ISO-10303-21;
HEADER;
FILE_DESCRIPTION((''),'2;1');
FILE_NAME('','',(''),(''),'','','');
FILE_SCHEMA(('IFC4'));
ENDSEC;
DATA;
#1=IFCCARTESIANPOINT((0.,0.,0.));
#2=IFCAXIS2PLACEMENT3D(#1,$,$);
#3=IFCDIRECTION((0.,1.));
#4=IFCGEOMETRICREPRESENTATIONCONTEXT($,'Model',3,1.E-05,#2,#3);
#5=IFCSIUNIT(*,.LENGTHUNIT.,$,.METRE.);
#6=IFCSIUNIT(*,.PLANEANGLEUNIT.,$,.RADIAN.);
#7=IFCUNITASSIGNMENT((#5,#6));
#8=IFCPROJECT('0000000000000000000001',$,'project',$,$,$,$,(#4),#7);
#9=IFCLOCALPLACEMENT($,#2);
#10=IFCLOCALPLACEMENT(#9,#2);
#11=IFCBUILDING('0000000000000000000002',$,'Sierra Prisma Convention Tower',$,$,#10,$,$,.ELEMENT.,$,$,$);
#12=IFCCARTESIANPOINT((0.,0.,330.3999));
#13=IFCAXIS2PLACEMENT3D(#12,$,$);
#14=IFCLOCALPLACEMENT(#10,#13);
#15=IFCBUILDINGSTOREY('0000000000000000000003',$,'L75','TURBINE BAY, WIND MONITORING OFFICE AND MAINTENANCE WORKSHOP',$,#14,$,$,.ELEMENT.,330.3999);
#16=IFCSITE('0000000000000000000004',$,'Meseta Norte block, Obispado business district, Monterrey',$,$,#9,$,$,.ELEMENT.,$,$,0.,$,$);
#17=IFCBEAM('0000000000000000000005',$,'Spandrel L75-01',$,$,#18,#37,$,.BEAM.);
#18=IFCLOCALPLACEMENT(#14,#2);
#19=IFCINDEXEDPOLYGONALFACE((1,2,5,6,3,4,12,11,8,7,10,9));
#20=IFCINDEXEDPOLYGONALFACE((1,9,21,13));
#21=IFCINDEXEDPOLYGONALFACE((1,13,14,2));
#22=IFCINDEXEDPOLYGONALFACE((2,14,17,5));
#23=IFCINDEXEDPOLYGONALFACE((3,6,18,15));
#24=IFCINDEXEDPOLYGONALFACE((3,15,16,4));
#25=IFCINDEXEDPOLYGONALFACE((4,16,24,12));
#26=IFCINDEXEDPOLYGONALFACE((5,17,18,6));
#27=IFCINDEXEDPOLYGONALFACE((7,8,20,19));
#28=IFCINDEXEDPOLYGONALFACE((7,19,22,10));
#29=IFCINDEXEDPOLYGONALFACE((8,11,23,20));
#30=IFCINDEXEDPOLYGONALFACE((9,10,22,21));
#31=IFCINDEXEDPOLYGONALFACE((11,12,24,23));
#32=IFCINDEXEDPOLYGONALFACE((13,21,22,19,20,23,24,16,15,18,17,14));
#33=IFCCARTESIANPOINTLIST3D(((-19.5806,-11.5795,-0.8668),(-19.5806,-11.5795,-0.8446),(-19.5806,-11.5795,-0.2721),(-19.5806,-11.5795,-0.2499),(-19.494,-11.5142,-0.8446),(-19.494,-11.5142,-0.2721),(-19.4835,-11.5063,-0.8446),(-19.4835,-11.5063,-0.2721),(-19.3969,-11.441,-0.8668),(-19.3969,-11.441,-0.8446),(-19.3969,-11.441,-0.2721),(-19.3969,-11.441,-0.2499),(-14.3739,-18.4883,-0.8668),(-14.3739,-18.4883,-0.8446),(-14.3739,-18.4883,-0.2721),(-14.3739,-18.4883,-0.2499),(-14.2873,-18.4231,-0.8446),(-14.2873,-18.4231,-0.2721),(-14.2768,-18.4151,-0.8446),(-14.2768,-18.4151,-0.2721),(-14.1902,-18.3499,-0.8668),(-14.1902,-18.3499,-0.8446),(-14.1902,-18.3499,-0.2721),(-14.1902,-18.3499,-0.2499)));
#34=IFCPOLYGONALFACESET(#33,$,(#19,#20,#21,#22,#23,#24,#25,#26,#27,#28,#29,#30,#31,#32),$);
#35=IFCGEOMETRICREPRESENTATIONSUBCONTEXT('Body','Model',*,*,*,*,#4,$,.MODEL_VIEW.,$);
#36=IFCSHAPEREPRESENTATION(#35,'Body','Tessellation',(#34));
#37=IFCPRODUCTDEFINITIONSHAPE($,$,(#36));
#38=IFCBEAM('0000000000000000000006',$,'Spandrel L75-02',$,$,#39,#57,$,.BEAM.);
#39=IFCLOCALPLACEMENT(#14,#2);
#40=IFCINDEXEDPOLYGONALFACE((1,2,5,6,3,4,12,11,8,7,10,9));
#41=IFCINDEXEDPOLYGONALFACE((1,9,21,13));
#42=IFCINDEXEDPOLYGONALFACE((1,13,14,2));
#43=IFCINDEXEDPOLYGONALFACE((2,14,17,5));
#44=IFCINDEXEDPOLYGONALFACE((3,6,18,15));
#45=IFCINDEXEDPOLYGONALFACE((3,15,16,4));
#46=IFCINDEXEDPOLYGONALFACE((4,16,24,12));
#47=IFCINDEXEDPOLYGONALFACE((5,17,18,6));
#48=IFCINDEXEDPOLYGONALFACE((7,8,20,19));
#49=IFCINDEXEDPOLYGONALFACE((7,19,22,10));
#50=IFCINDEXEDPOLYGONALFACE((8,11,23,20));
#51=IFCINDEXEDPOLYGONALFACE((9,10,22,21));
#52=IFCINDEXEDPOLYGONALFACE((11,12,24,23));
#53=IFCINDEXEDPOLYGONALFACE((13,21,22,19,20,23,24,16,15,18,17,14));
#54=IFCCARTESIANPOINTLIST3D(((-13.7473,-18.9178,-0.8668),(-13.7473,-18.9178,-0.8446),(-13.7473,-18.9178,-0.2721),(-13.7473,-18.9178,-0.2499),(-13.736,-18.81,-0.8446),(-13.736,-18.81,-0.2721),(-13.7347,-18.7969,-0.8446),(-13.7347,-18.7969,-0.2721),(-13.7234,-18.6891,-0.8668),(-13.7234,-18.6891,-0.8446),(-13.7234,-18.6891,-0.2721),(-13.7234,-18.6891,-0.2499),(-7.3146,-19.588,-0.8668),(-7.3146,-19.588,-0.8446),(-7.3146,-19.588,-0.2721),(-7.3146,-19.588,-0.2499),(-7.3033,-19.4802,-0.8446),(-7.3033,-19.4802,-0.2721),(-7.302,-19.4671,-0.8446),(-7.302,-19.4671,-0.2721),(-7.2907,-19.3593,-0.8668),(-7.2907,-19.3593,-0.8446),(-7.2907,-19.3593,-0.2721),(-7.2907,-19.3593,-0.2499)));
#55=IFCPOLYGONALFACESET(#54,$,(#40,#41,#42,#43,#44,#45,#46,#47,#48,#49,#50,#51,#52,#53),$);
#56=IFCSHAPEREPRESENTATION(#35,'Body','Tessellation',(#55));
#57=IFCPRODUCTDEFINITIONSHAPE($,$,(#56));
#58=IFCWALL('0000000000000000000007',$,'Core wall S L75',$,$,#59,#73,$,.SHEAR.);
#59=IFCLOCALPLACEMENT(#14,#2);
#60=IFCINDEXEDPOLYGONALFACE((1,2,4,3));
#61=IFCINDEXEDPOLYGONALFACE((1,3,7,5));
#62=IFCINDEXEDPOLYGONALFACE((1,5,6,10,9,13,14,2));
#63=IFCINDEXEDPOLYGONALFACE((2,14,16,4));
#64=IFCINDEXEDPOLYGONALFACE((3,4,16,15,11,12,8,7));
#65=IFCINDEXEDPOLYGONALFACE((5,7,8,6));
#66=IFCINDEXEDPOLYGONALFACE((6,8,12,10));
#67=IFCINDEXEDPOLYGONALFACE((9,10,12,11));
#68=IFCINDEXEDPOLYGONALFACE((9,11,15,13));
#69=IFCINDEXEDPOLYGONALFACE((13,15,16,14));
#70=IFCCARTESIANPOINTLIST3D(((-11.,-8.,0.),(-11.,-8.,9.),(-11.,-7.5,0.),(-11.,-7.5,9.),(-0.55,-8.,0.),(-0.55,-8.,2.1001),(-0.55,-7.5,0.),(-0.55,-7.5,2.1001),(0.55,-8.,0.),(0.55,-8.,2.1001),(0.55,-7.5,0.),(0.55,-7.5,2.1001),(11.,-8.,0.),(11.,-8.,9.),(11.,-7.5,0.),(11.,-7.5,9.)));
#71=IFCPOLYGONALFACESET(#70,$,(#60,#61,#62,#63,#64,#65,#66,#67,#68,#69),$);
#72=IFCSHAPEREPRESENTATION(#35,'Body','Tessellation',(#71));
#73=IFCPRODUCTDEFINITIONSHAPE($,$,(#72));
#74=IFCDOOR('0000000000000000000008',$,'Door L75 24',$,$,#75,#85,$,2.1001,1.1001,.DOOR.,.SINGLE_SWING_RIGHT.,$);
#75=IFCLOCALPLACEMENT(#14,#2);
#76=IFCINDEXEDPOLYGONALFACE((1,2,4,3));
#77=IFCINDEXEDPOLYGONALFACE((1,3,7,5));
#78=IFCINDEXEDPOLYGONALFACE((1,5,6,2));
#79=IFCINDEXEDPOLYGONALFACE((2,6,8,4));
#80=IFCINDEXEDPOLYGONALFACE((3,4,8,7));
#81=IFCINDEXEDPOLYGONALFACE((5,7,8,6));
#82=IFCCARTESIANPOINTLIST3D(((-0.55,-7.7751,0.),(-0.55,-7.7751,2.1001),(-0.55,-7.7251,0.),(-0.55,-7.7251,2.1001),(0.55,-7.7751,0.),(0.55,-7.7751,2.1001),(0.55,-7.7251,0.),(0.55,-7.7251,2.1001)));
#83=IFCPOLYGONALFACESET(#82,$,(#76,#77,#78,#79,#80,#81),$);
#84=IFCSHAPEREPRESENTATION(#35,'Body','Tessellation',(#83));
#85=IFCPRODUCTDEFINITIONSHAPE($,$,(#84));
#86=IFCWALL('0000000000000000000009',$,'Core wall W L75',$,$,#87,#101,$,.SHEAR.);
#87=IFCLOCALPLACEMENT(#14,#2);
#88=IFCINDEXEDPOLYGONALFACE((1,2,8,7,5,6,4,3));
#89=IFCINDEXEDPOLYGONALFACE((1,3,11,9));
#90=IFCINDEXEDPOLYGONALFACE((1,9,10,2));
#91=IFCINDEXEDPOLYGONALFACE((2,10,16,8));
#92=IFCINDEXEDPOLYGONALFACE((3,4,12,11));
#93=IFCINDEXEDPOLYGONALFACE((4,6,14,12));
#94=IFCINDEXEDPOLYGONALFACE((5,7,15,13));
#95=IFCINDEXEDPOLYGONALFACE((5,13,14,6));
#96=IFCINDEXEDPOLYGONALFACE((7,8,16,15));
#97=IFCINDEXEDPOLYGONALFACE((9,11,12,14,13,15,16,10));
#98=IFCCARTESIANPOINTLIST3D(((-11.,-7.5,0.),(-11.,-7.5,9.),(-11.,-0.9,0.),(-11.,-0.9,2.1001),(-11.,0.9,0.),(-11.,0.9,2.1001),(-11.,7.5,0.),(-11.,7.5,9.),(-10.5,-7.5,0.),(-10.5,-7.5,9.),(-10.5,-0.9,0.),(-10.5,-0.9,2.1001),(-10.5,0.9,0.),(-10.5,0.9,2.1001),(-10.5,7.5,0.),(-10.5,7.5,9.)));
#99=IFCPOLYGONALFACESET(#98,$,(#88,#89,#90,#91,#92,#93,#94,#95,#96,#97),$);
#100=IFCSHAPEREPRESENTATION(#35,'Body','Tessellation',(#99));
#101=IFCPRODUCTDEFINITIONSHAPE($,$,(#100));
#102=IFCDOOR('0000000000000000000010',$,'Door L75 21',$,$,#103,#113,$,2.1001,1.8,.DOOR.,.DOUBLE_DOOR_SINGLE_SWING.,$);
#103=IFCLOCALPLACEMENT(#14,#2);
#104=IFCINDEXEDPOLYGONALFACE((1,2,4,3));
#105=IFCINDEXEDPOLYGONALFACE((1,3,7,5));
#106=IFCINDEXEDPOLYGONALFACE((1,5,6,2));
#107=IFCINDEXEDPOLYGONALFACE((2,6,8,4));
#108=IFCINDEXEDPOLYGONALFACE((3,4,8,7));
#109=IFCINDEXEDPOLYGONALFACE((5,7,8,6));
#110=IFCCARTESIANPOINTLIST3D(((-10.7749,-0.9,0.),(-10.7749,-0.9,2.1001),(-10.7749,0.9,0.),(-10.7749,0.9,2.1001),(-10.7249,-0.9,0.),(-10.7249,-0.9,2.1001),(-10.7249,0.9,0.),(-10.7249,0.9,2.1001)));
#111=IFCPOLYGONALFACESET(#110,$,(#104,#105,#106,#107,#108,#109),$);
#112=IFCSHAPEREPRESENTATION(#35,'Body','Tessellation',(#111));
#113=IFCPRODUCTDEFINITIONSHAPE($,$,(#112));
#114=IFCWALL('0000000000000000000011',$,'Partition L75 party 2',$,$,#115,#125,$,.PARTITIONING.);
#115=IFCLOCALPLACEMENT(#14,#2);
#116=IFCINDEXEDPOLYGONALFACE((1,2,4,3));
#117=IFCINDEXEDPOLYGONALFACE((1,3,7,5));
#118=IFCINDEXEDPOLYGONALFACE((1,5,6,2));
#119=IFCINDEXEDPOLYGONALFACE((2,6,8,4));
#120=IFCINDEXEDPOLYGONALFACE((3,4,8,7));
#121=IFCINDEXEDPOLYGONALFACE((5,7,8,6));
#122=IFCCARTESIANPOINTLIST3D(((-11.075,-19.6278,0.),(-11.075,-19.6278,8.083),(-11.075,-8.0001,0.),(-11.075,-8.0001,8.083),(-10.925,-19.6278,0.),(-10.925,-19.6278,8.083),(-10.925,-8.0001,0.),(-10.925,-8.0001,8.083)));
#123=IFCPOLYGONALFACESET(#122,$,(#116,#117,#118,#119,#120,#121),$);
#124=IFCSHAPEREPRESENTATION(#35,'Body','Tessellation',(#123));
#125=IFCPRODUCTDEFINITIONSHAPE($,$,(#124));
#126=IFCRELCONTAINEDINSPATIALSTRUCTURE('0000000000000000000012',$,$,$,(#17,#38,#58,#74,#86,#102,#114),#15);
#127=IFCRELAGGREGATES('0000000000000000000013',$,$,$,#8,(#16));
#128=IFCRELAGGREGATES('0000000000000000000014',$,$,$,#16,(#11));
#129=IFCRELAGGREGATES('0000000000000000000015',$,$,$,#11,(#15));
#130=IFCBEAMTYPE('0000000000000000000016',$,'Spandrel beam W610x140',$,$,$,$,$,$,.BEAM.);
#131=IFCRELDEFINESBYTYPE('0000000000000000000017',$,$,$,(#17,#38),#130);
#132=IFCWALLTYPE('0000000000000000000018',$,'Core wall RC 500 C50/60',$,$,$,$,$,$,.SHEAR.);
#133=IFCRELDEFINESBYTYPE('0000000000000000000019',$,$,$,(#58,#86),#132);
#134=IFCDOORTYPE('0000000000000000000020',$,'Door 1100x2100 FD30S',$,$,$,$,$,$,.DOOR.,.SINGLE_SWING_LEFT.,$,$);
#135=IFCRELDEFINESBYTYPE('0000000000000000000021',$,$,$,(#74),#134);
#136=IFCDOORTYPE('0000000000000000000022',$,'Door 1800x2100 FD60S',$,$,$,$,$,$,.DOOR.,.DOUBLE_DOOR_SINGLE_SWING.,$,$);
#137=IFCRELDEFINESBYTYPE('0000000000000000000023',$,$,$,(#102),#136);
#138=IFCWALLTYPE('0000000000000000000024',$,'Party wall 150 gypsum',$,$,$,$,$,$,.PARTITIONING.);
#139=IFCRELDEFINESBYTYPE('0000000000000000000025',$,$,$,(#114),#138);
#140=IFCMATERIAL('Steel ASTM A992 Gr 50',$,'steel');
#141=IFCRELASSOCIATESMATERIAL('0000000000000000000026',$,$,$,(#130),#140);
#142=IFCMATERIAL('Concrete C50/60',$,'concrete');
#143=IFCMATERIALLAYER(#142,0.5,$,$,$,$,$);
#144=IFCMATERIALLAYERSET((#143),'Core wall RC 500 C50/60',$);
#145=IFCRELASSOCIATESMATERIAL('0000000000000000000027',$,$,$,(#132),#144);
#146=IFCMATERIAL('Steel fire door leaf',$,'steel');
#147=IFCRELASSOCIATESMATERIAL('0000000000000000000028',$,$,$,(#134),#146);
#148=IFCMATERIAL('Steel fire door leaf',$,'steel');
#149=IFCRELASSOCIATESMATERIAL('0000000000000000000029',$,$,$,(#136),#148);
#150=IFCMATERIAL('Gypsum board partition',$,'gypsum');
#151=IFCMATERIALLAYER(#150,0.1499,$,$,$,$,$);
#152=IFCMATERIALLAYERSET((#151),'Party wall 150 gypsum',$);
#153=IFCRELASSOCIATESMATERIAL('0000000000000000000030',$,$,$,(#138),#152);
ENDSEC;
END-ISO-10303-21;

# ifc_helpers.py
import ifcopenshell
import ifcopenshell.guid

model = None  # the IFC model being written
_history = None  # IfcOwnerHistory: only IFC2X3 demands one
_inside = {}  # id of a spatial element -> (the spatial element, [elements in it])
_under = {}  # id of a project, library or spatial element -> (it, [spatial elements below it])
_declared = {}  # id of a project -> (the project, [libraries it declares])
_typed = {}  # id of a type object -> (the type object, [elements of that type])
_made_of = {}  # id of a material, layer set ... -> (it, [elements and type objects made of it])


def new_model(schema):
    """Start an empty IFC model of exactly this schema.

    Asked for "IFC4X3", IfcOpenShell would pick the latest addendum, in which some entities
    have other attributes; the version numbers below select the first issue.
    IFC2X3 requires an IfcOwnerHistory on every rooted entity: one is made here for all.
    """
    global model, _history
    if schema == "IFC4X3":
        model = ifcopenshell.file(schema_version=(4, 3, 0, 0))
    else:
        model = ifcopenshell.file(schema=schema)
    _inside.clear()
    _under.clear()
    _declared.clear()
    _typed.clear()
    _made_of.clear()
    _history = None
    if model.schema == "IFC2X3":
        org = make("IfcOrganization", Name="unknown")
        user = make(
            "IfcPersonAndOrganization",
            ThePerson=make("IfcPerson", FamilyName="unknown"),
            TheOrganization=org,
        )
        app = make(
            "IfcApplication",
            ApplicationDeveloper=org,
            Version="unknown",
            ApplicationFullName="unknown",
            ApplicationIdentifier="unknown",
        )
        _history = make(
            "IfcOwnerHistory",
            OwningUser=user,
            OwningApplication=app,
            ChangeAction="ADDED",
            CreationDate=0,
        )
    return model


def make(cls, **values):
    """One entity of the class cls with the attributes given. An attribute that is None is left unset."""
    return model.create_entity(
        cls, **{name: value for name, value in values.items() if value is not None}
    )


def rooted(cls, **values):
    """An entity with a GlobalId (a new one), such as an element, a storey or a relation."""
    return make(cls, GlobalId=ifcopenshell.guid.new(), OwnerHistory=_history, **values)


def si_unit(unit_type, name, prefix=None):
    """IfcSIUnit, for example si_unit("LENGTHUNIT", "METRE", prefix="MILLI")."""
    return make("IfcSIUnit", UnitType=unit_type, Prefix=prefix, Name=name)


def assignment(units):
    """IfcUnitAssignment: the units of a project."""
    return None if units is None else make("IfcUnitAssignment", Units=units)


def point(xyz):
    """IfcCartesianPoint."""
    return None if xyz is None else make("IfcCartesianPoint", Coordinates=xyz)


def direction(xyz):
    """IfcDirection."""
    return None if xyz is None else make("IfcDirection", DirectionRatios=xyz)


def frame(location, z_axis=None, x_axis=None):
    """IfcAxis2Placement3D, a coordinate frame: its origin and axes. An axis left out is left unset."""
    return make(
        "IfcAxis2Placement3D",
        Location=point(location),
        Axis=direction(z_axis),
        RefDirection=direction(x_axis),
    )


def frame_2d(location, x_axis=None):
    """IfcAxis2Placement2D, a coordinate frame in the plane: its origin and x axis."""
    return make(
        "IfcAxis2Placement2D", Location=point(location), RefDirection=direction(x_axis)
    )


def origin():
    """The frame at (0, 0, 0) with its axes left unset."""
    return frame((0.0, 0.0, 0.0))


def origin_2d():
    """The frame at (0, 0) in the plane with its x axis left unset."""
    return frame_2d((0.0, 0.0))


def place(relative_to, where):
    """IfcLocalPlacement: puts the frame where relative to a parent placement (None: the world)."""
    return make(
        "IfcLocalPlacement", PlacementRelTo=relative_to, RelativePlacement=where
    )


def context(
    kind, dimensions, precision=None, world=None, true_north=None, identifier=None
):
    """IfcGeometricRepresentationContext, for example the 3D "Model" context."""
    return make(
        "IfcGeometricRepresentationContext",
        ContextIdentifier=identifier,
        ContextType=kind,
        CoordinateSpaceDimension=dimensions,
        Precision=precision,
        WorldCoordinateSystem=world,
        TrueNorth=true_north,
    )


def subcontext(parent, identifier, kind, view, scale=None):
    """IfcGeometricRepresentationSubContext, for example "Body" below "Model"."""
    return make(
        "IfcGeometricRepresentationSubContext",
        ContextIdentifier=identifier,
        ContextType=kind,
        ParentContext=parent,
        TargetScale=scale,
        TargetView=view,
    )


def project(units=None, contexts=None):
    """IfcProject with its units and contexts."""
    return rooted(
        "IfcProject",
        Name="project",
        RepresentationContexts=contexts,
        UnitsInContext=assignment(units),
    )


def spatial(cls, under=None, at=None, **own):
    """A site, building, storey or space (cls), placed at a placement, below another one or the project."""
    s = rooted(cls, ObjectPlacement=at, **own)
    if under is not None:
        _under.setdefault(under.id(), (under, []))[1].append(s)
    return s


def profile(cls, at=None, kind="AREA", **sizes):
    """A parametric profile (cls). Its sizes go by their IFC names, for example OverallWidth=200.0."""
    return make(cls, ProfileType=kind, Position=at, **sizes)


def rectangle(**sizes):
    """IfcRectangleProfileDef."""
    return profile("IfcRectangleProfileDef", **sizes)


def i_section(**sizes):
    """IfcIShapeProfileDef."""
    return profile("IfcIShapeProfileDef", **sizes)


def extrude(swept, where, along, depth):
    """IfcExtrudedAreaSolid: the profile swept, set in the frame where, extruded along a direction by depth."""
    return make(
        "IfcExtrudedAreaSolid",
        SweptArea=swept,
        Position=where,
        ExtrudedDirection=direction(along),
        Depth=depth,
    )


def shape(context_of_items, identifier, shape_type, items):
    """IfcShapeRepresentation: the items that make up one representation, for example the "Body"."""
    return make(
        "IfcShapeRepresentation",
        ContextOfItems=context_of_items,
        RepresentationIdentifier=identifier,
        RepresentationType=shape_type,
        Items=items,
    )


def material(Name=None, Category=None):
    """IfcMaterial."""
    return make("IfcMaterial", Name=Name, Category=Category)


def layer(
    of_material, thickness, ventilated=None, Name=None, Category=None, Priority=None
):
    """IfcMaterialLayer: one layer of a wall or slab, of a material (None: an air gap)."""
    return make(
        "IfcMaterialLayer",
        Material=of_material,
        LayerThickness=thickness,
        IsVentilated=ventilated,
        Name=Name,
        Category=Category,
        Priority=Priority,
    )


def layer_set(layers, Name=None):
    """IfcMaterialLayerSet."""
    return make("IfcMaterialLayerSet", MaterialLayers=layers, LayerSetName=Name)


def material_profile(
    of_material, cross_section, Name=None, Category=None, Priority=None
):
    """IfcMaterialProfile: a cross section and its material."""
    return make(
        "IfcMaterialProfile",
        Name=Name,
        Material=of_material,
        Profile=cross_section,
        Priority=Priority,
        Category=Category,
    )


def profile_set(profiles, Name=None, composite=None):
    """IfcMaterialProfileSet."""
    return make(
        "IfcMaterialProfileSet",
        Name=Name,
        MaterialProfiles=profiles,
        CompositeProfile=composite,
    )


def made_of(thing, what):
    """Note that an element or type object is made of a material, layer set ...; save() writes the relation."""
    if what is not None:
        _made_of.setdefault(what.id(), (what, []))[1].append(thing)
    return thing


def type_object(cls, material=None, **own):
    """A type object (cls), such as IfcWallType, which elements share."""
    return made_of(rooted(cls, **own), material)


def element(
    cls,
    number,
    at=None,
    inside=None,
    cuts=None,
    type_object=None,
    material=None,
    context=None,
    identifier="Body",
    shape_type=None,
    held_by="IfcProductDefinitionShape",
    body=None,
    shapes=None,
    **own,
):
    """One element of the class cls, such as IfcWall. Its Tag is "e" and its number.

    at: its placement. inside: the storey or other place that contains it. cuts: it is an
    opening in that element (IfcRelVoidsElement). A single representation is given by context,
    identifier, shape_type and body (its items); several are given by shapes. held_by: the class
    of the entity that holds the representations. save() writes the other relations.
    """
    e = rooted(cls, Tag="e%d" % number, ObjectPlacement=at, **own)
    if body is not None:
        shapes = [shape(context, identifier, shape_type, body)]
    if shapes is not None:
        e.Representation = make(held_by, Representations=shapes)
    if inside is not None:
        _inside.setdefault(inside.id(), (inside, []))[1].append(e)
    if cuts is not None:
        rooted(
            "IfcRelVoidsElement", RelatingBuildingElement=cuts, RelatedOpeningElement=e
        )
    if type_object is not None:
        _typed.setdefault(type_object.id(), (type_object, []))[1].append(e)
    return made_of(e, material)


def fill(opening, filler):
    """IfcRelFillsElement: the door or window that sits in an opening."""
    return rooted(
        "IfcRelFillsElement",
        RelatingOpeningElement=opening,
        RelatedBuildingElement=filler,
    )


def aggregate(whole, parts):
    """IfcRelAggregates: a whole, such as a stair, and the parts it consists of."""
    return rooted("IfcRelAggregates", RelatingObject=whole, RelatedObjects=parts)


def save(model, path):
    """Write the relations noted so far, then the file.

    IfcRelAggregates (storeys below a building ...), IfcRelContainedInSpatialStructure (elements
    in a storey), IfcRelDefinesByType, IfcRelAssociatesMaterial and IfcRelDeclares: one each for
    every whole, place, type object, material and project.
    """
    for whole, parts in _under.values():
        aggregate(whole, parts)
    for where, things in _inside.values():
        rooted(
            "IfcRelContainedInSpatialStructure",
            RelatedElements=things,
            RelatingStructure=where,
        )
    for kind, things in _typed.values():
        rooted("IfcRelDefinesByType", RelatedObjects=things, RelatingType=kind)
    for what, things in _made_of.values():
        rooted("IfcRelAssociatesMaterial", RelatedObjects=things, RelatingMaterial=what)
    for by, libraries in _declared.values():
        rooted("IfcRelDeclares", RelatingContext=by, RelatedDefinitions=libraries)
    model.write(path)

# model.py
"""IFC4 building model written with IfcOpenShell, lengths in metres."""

from ifc_helpers import new_model, si_unit, direction, frame, frame_2d, origin, origin_2d, place, context, subcontext, project, spatial, rectangle, i_section, extrude, material, layer, layer_set, material_profile, profile_set, type_object, element, fill, save


model = new_model("IFC4")

# Units and contexts
model_context = context("Model", 3, precision=1e-05, world=origin(), true_north=direction((0.0, 1.0)))
body_context = subcontext(model_context, "Body", "Model", "MODEL_VIEW")
ifc_project = project(units=[si_unit("LENGTHUNIT", "METRE"), si_unit("PLANEANGLEUNIT", "RADIAN")], contexts=[model_context])

# Site, building, storey
site_placement = place(None, origin())
site = spatial("IfcSite", under=ifc_project, at=site_placement, Name="Meseta Norte block, Obispado business district, Monterrey", CompositionType="ELEMENT", RefElevation=0.0)
building_placement = place(site_placement, origin())
building = spatial("IfcBuilding", under=site, at=building_placement, Name="Sierra Prisma Convention Tower", CompositionType="ELEMENT")
storey_placement = place(building_placement, frame((0.0, 0.0, 330.3999)))
storey = spatial("IfcBuildingStorey", under=building, at=storey_placement, Name="L75", Description="TURBINE BAY, WIND MONITORING OFFICE AND MAINTENANCE WORKSHOP", CompositionType="ELEMENT", Elevation=330.3999)

# Beams
ifc_material_1 = material(Name="Steel ASTM A992 Gr 50", Category="steel")
ifc_material_profile_1 = material_profile(ifc_material_1, i_section(OverallWidth=0.23, OverallDepth=0.6169, WebThickness=0.0132, FlangeThickness=0.0222, at=origin_2d()), Name="W610x140")
ifc_profile_set_1 = profile_set([ifc_material_profile_1], Name="Steel ASTM A992 Gr 50")
beam_type_1 = type_object("IfcBeamType", Name="Spandrel beam W610x140", PredefinedType="BEAM", material=ifc_profile_set_1)
beam_1_placement = place(storey_placement, frame((-19.4888, -11.5103, -0.5583), z_axis=(0.601854, -0.798606, 0.0), x_axis=(0.798606, 0.601854, 0.0)))
element("IfcBeam", 1, at=beam_1_placement, inside=storey, type_object=beam_type_1, Name="Spandrel L75-01", PredefinedType="BEAM", context=body_context, shape_type="SweptSolid", body=[
    extrude(i_section(OverallWidth=0.23, OverallDepth=0.6169, WebThickness=0.0132, FlangeThickness=0.0222, at=origin_2d()), origin(), (0.0, 0.0, 1.0), 8.6511),
])
beam_2_placement = place(storey_placement, frame((-13.7354, -18.8035, -0.5583), z_axis=(0.994617, -0.103622, 0.0), x_axis=(0.103622, 0.994617, 0.0)))
element("IfcBeam", 2, at=beam_2_placement, inside=storey, type_object=beam_type_1, Name="Spandrel L75-02", PredefinedType="BEAM", context=body_context, shape_type="SweptSolid", body=[
    extrude(i_section(OverallWidth=0.23, OverallDepth=0.6169, WebThickness=0.0132, FlangeThickness=0.0222, at=origin_2d()), origin(), (0.0, 0.0, 1.0), 6.4675),
])

# Walls, openings, doors
ifc_material_2 = material(Name="Concrete C50/60", Category="concrete")
ifc_layer_1 = layer(ifc_material_2, 0.5)
ifc_layer_set_1 = layer_set([ifc_layer_1], Name="Core wall RC 500 C50/60")
wall_type_1 = type_object("IfcWallType", Name="Core wall RC 500 C50/60", PredefinedType="SHEAR", material=ifc_layer_set_1)
wall_1_placement = place(storey_placement, frame((-11.0, -7.75, 0.0), z_axis=(0.0, 0.0, 1.0), x_axis=(1.0, 0.0, 0.0)))
wall_1 = element("IfcWall", 3, at=wall_1_placement, inside=storey, type_object=wall_type_1, Name="Core wall S L75", PredefinedType="SHEAR", context=body_context, shape_type="SweptSolid", body=[
    extrude(rectangle(XDim=22.0, YDim=0.5, at=frame_2d((11.0, 0.0))), origin(), (0.0, 0.0, 1.0), 9.0),
])
opening_1_placement = place(wall_1_placement, frame((10.45, 0.0, 0.0)))
opening_1 = element("IfcOpeningElement", 4, at=opening_1_placement, cuts=wall_1, PredefinedType="OPENING", context=body_context, shape_type="SweptSolid", body=[
    extrude(rectangle(XDim=1.1001, YDim=2.1001, at=frame_2d((0.55, 1.05))), frame((0.0, 0.25, 0.0), z_axis=(0.0, -1.0, 0.0), x_axis=(1.0, 0.0, 0.0)), (0.0, 0.0, 1.0), 0.5),
])
ifc_material_3 = material(Name="Steel fire door leaf", Category="steel")
door_type_1 = type_object("IfcDoorType", Name="Door 1100x2100 FD30S", OperationType="SINGLE_SWING_LEFT", PredefinedType="DOOR", material=ifc_material_3)
door_1_placement = place(opening_1_placement, origin())
door_1 = element("IfcDoor", 5, at=door_1_placement, inside=storey, type_object=door_type_1, Name="Door L75 24", OperationType="SINGLE_SWING_RIGHT", OverallHeight=2.1001, OverallWidth=1.1001, PredefinedType="DOOR", context=body_context, shape_type="SweptSolid", body=[
    extrude(rectangle(XDim=1.1001, YDim=2.1001, at=frame_2d((0.55, 1.05))), frame((0.0, 0.0249, 0.0), z_axis=(0.0, -1.0, 0.0), x_axis=(1.0, 0.0, 0.0)), (0.0, 0.0, 1.0), 0.05),
])
fill(opening_1, door_1)
wall_2_placement = place(storey_placement, frame((-10.75, -7.5, 0.0), z_axis=(0.0, 0.0, 1.0), x_axis=(0.0, 1.0, 0.0)))
wall_2 = element("IfcWall", 6, at=wall_2_placement, inside=storey, type_object=wall_type_1, Name="Core wall W L75", PredefinedType="SHEAR", context=body_context, shape_type="SweptSolid", body=[
    extrude(rectangle(XDim=15.0, YDim=0.5, at=frame_2d((7.5, 0.0))), origin(), (0.0, 0.0, 1.0), 9.0),
])
opening_2_placement = place(wall_2_placement, frame((6.6001, 0.0, 0.0)))
opening_2 = element("IfcOpeningElement", 7, at=opening_2_placement, cuts=wall_2, PredefinedType="OPENING", context=body_context, shape_type="SweptSolid", body=[
    extrude(rectangle(XDim=1.8, YDim=2.1001, at=frame_2d((0.8999, 1.05))), frame((0.0, 0.25, 0.0), z_axis=(0.0, -1.0, 0.0), x_axis=(1.0, 0.0, 0.0)), (0.0, 0.0, 1.0), 0.5),
])
ifc_material_4 = material(Name="Steel fire door leaf", Category="steel")
door_type_2 = type_object("IfcDoorType", Name="Door 1800x2100 FD60S", OperationType="DOUBLE_DOOR_SINGLE_SWING", PredefinedType="DOOR", material=ifc_material_4)
door_2_placement = place(opening_2_placement, origin())
door_2 = element("IfcDoor", 8, at=door_2_placement, inside=storey, type_object=door_type_2, Name="Door L75 21", OperationType="DOUBLE_DOOR_SINGLE_SWING", OverallHeight=2.1001, OverallWidth=1.8, PredefinedType="DOOR", context=body_context, shape_type="SweptSolid", body=[
    extrude(rectangle(XDim=1.8, YDim=2.1001, at=frame_2d((0.8999, 1.05))), frame((0.0, 0.0249, 0.0), z_axis=(0.0, -1.0, 0.0), x_axis=(1.0, 0.0, 0.0)), (0.0, 0.0, 1.0), 0.05),
])
fill(opening_2, door_2)

# Wall
ifc_material_5 = material(Name="Gypsum board partition", Category="gypsum")
ifc_layer_2 = layer(ifc_material_5, 0.1499)
ifc_layer_set_2 = layer_set([ifc_layer_2], Name="Party wall 150 gypsum")
wall_type_2 = type_object("IfcWallType", Name="Party wall 150 gypsum", PredefinedType="PARTITIONING", material=ifc_layer_set_2)
wall_3_placement = place(storey_placement, frame((-11.0, -8.0, 0.0), z_axis=(0.0, 0.0, 1.0), x_axis=(0.0, -1.0, 0.0)))
element("IfcWall", 9, at=wall_3_placement, inside=storey, type_object=wall_type_2, Name="Partition L75 party 2", PredefinedType="PARTITIONING", context=body_context, shape_type="SweptSolid", body=[
    extrude(rectangle(XDim=11.6277, YDim=0.1499, at=frame_2d((5.814, 0.0))), origin(), (0.0, 0.0, 1.0), 8.083),
])

save(model, "model.ifc")
